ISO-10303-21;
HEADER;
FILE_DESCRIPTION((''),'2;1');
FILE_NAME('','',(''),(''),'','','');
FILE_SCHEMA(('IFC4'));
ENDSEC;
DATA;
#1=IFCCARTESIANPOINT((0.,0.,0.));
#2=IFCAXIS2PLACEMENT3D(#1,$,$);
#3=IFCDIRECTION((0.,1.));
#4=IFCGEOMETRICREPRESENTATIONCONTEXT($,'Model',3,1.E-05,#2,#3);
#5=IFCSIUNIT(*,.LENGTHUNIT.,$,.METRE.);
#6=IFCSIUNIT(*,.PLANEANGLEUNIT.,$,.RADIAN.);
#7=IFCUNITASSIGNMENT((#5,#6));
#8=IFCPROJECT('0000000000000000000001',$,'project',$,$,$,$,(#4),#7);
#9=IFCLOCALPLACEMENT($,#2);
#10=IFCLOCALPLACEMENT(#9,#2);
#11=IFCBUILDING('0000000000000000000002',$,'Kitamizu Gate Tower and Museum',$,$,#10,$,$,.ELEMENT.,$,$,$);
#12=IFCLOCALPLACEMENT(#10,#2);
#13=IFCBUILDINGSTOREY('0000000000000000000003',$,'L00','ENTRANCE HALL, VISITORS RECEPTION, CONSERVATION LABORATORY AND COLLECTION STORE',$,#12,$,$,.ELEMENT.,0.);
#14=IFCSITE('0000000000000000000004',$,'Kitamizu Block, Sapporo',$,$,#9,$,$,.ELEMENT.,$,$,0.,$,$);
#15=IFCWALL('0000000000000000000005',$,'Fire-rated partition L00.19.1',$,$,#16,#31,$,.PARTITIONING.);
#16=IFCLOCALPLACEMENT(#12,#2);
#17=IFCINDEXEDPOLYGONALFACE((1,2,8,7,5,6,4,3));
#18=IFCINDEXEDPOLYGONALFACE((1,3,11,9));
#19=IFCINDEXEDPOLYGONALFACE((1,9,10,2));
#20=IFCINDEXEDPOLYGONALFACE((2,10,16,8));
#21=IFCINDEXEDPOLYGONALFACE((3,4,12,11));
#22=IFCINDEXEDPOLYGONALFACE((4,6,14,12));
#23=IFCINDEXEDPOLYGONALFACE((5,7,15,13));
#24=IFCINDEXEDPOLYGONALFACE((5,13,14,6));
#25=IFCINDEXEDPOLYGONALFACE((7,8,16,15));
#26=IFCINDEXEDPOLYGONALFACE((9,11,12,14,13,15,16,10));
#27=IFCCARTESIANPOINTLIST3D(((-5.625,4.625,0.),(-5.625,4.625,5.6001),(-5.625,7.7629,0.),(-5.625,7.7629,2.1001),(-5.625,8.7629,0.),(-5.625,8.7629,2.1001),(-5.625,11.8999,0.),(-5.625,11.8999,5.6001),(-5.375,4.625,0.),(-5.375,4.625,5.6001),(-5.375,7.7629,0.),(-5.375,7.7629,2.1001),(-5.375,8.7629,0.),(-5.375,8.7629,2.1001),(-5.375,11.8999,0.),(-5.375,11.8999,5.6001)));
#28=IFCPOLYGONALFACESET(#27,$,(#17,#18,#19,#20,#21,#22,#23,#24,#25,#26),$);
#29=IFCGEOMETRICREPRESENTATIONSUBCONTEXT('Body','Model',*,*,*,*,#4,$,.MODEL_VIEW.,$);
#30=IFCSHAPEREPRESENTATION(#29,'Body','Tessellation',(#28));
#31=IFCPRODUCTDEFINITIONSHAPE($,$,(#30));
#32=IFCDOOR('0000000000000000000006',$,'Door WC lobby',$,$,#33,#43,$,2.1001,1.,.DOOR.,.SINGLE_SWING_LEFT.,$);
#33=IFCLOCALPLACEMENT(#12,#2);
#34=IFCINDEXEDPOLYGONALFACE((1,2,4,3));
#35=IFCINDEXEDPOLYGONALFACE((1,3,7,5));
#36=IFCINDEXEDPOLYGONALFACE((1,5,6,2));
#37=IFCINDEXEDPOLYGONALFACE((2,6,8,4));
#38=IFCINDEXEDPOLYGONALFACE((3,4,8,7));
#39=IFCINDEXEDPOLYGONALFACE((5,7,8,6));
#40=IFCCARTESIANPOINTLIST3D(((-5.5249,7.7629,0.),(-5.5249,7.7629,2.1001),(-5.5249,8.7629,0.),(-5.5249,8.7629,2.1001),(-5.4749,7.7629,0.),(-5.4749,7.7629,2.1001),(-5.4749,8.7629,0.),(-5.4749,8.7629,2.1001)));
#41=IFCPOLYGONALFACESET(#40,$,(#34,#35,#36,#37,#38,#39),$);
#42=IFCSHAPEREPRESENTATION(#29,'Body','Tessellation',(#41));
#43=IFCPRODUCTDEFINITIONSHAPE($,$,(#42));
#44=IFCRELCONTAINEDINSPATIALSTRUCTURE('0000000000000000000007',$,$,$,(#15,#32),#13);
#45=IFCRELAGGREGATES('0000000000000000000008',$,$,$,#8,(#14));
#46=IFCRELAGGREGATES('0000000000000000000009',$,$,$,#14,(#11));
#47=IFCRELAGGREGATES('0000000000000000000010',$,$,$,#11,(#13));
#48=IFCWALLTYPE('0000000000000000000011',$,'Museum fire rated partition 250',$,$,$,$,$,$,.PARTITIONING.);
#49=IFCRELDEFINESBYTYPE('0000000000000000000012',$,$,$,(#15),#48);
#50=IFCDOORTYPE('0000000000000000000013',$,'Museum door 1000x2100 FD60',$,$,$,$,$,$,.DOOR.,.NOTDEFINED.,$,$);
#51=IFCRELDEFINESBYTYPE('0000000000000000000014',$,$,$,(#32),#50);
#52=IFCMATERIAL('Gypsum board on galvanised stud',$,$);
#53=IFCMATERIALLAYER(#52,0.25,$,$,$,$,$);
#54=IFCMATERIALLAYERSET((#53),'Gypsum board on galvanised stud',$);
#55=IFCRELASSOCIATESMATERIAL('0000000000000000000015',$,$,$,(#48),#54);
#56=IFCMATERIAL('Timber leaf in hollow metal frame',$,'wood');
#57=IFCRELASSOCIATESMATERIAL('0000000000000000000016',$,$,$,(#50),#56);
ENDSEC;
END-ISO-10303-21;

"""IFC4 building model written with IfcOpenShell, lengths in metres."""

from ifc_helpers import new_model, si_unit, direction, frame, frame_2d, origin, place, context, subcontext, project, spatial, rectangle, extrude, material, layer, layer_set, type_object, element, fill, save


model = new_model("IFC4")

# Units and contexts
model_context = context("Model", 3, precision=1e-05, world=origin(), true_north=direction((0.0, 1.0)))
body_context = subcontext(model_context, "Body", "Model", "MODEL_VIEW")
ifc_project = project(units=[si_unit("LENGTHUNIT", "METRE"), si_unit("PLANEANGLEUNIT", "RADIAN")], contexts=[model_context])

# Site, building, storey
site_placement = place(None, origin())
site = spatial("IfcSite", under=ifc_project, at=site_placement, Name="Kitamizu Block, Sapporo", CompositionType="ELEMENT", RefElevation=0.0)
building_placement = place(site_placement, origin())
building = spatial("IfcBuilding", under=site, at=building_placement, Name="Kitamizu Gate Tower and Museum", CompositionType="ELEMENT")
storey_placement = place(building_placement, origin())
storey = spatial("IfcBuildingStorey", under=building, at=storey_placement, Name="L00", Description="ENTRANCE HALL, VISITORS RECEPTION, CONSERVATION LABORATORY AND COLLECTION STORE", CompositionType="ELEMENT", Elevation=0.0)

# Wall, opening, door
ifc_material_1 = material(Name="Gypsum board on galvanised stud")
ifc_layer_1 = layer(ifc_material_1, 0.25)
ifc_layer_set_1 = layer_set([ifc_layer_1], Name="Gypsum board on galvanised stud")
wall_type = type_object("IfcWallType", Name="Museum fire rated partition 250", PredefinedType="PARTITIONING", material=ifc_layer_set_1)
wall_placement = place(storey_placement, frame((-5.5, 4.625, 0.0), z_axis=(0.0, 0.0, 1.0), x_axis=(0.0, 1.0, 0.0)))
wall = element("IfcWall", 1, at=wall_placement, inside=storey, type_object=wall_type, Name="Fire-rated partition L00.19.1", PredefinedType="PARTITIONING", context=body_context, shape_type="SweptSolid", body=[
    extrude(rectangle(XDim=7.2749, YDim=0.25, at=frame_2d((3.6375, 0.0))), origin(), (0.0, 0.0, 1.0), 5.6001),
])
opening_placement = place(wall_placement, frame((3.1379, 0.0, 0.0)))
opening = element("IfcOpeningElement", 2, at=opening_placement, cuts=wall, PredefinedType="OPENING", context=body_context, shape_type="SweptSolid", body=[
    extrude(rectangle(XDim=1.0, YDim=2.1001, at=frame_2d((0.5, 1.05))), frame((0.0, 0.135, 0.0), z_axis=(0.0, -1.0, 0.0), x_axis=(1.0, 0.0, 0.0)), (0.0, 0.0, 1.0), 0.27),
])
ifc_material_2 = material(Name="Timber leaf in hollow metal frame", Category="wood")
door_type = type_object("IfcDoorType", Name="Museum door 1000x2100 FD60", OperationType="NOTDEFINED", PredefinedType="DOOR", material=ifc_material_2)
door_placement = place(opening_placement, origin())
door = element("IfcDoor", 3, at=door_placement, inside=storey, type_object=door_type, Name="Door WC lobby", OperationType="SINGLE_SWING_LEFT", OverallHeight=2.1001, OverallWidth=1.0, PredefinedType="DOOR", context=body_context, shape_type="SweptSolid", body=[
    extrude(rectangle(XDim=1.0, YDim=2.1001, at=frame_2d((0.5, 1.05))), frame((0.0, 0.0249, 0.0), z_axis=(0.0, -1.0, 0.0), x_axis=(1.0, 0.0, 0.0)), (0.0, 0.0, 1.0), 0.05),
])
fill(opening, door)

save(model, "model.ifc")
